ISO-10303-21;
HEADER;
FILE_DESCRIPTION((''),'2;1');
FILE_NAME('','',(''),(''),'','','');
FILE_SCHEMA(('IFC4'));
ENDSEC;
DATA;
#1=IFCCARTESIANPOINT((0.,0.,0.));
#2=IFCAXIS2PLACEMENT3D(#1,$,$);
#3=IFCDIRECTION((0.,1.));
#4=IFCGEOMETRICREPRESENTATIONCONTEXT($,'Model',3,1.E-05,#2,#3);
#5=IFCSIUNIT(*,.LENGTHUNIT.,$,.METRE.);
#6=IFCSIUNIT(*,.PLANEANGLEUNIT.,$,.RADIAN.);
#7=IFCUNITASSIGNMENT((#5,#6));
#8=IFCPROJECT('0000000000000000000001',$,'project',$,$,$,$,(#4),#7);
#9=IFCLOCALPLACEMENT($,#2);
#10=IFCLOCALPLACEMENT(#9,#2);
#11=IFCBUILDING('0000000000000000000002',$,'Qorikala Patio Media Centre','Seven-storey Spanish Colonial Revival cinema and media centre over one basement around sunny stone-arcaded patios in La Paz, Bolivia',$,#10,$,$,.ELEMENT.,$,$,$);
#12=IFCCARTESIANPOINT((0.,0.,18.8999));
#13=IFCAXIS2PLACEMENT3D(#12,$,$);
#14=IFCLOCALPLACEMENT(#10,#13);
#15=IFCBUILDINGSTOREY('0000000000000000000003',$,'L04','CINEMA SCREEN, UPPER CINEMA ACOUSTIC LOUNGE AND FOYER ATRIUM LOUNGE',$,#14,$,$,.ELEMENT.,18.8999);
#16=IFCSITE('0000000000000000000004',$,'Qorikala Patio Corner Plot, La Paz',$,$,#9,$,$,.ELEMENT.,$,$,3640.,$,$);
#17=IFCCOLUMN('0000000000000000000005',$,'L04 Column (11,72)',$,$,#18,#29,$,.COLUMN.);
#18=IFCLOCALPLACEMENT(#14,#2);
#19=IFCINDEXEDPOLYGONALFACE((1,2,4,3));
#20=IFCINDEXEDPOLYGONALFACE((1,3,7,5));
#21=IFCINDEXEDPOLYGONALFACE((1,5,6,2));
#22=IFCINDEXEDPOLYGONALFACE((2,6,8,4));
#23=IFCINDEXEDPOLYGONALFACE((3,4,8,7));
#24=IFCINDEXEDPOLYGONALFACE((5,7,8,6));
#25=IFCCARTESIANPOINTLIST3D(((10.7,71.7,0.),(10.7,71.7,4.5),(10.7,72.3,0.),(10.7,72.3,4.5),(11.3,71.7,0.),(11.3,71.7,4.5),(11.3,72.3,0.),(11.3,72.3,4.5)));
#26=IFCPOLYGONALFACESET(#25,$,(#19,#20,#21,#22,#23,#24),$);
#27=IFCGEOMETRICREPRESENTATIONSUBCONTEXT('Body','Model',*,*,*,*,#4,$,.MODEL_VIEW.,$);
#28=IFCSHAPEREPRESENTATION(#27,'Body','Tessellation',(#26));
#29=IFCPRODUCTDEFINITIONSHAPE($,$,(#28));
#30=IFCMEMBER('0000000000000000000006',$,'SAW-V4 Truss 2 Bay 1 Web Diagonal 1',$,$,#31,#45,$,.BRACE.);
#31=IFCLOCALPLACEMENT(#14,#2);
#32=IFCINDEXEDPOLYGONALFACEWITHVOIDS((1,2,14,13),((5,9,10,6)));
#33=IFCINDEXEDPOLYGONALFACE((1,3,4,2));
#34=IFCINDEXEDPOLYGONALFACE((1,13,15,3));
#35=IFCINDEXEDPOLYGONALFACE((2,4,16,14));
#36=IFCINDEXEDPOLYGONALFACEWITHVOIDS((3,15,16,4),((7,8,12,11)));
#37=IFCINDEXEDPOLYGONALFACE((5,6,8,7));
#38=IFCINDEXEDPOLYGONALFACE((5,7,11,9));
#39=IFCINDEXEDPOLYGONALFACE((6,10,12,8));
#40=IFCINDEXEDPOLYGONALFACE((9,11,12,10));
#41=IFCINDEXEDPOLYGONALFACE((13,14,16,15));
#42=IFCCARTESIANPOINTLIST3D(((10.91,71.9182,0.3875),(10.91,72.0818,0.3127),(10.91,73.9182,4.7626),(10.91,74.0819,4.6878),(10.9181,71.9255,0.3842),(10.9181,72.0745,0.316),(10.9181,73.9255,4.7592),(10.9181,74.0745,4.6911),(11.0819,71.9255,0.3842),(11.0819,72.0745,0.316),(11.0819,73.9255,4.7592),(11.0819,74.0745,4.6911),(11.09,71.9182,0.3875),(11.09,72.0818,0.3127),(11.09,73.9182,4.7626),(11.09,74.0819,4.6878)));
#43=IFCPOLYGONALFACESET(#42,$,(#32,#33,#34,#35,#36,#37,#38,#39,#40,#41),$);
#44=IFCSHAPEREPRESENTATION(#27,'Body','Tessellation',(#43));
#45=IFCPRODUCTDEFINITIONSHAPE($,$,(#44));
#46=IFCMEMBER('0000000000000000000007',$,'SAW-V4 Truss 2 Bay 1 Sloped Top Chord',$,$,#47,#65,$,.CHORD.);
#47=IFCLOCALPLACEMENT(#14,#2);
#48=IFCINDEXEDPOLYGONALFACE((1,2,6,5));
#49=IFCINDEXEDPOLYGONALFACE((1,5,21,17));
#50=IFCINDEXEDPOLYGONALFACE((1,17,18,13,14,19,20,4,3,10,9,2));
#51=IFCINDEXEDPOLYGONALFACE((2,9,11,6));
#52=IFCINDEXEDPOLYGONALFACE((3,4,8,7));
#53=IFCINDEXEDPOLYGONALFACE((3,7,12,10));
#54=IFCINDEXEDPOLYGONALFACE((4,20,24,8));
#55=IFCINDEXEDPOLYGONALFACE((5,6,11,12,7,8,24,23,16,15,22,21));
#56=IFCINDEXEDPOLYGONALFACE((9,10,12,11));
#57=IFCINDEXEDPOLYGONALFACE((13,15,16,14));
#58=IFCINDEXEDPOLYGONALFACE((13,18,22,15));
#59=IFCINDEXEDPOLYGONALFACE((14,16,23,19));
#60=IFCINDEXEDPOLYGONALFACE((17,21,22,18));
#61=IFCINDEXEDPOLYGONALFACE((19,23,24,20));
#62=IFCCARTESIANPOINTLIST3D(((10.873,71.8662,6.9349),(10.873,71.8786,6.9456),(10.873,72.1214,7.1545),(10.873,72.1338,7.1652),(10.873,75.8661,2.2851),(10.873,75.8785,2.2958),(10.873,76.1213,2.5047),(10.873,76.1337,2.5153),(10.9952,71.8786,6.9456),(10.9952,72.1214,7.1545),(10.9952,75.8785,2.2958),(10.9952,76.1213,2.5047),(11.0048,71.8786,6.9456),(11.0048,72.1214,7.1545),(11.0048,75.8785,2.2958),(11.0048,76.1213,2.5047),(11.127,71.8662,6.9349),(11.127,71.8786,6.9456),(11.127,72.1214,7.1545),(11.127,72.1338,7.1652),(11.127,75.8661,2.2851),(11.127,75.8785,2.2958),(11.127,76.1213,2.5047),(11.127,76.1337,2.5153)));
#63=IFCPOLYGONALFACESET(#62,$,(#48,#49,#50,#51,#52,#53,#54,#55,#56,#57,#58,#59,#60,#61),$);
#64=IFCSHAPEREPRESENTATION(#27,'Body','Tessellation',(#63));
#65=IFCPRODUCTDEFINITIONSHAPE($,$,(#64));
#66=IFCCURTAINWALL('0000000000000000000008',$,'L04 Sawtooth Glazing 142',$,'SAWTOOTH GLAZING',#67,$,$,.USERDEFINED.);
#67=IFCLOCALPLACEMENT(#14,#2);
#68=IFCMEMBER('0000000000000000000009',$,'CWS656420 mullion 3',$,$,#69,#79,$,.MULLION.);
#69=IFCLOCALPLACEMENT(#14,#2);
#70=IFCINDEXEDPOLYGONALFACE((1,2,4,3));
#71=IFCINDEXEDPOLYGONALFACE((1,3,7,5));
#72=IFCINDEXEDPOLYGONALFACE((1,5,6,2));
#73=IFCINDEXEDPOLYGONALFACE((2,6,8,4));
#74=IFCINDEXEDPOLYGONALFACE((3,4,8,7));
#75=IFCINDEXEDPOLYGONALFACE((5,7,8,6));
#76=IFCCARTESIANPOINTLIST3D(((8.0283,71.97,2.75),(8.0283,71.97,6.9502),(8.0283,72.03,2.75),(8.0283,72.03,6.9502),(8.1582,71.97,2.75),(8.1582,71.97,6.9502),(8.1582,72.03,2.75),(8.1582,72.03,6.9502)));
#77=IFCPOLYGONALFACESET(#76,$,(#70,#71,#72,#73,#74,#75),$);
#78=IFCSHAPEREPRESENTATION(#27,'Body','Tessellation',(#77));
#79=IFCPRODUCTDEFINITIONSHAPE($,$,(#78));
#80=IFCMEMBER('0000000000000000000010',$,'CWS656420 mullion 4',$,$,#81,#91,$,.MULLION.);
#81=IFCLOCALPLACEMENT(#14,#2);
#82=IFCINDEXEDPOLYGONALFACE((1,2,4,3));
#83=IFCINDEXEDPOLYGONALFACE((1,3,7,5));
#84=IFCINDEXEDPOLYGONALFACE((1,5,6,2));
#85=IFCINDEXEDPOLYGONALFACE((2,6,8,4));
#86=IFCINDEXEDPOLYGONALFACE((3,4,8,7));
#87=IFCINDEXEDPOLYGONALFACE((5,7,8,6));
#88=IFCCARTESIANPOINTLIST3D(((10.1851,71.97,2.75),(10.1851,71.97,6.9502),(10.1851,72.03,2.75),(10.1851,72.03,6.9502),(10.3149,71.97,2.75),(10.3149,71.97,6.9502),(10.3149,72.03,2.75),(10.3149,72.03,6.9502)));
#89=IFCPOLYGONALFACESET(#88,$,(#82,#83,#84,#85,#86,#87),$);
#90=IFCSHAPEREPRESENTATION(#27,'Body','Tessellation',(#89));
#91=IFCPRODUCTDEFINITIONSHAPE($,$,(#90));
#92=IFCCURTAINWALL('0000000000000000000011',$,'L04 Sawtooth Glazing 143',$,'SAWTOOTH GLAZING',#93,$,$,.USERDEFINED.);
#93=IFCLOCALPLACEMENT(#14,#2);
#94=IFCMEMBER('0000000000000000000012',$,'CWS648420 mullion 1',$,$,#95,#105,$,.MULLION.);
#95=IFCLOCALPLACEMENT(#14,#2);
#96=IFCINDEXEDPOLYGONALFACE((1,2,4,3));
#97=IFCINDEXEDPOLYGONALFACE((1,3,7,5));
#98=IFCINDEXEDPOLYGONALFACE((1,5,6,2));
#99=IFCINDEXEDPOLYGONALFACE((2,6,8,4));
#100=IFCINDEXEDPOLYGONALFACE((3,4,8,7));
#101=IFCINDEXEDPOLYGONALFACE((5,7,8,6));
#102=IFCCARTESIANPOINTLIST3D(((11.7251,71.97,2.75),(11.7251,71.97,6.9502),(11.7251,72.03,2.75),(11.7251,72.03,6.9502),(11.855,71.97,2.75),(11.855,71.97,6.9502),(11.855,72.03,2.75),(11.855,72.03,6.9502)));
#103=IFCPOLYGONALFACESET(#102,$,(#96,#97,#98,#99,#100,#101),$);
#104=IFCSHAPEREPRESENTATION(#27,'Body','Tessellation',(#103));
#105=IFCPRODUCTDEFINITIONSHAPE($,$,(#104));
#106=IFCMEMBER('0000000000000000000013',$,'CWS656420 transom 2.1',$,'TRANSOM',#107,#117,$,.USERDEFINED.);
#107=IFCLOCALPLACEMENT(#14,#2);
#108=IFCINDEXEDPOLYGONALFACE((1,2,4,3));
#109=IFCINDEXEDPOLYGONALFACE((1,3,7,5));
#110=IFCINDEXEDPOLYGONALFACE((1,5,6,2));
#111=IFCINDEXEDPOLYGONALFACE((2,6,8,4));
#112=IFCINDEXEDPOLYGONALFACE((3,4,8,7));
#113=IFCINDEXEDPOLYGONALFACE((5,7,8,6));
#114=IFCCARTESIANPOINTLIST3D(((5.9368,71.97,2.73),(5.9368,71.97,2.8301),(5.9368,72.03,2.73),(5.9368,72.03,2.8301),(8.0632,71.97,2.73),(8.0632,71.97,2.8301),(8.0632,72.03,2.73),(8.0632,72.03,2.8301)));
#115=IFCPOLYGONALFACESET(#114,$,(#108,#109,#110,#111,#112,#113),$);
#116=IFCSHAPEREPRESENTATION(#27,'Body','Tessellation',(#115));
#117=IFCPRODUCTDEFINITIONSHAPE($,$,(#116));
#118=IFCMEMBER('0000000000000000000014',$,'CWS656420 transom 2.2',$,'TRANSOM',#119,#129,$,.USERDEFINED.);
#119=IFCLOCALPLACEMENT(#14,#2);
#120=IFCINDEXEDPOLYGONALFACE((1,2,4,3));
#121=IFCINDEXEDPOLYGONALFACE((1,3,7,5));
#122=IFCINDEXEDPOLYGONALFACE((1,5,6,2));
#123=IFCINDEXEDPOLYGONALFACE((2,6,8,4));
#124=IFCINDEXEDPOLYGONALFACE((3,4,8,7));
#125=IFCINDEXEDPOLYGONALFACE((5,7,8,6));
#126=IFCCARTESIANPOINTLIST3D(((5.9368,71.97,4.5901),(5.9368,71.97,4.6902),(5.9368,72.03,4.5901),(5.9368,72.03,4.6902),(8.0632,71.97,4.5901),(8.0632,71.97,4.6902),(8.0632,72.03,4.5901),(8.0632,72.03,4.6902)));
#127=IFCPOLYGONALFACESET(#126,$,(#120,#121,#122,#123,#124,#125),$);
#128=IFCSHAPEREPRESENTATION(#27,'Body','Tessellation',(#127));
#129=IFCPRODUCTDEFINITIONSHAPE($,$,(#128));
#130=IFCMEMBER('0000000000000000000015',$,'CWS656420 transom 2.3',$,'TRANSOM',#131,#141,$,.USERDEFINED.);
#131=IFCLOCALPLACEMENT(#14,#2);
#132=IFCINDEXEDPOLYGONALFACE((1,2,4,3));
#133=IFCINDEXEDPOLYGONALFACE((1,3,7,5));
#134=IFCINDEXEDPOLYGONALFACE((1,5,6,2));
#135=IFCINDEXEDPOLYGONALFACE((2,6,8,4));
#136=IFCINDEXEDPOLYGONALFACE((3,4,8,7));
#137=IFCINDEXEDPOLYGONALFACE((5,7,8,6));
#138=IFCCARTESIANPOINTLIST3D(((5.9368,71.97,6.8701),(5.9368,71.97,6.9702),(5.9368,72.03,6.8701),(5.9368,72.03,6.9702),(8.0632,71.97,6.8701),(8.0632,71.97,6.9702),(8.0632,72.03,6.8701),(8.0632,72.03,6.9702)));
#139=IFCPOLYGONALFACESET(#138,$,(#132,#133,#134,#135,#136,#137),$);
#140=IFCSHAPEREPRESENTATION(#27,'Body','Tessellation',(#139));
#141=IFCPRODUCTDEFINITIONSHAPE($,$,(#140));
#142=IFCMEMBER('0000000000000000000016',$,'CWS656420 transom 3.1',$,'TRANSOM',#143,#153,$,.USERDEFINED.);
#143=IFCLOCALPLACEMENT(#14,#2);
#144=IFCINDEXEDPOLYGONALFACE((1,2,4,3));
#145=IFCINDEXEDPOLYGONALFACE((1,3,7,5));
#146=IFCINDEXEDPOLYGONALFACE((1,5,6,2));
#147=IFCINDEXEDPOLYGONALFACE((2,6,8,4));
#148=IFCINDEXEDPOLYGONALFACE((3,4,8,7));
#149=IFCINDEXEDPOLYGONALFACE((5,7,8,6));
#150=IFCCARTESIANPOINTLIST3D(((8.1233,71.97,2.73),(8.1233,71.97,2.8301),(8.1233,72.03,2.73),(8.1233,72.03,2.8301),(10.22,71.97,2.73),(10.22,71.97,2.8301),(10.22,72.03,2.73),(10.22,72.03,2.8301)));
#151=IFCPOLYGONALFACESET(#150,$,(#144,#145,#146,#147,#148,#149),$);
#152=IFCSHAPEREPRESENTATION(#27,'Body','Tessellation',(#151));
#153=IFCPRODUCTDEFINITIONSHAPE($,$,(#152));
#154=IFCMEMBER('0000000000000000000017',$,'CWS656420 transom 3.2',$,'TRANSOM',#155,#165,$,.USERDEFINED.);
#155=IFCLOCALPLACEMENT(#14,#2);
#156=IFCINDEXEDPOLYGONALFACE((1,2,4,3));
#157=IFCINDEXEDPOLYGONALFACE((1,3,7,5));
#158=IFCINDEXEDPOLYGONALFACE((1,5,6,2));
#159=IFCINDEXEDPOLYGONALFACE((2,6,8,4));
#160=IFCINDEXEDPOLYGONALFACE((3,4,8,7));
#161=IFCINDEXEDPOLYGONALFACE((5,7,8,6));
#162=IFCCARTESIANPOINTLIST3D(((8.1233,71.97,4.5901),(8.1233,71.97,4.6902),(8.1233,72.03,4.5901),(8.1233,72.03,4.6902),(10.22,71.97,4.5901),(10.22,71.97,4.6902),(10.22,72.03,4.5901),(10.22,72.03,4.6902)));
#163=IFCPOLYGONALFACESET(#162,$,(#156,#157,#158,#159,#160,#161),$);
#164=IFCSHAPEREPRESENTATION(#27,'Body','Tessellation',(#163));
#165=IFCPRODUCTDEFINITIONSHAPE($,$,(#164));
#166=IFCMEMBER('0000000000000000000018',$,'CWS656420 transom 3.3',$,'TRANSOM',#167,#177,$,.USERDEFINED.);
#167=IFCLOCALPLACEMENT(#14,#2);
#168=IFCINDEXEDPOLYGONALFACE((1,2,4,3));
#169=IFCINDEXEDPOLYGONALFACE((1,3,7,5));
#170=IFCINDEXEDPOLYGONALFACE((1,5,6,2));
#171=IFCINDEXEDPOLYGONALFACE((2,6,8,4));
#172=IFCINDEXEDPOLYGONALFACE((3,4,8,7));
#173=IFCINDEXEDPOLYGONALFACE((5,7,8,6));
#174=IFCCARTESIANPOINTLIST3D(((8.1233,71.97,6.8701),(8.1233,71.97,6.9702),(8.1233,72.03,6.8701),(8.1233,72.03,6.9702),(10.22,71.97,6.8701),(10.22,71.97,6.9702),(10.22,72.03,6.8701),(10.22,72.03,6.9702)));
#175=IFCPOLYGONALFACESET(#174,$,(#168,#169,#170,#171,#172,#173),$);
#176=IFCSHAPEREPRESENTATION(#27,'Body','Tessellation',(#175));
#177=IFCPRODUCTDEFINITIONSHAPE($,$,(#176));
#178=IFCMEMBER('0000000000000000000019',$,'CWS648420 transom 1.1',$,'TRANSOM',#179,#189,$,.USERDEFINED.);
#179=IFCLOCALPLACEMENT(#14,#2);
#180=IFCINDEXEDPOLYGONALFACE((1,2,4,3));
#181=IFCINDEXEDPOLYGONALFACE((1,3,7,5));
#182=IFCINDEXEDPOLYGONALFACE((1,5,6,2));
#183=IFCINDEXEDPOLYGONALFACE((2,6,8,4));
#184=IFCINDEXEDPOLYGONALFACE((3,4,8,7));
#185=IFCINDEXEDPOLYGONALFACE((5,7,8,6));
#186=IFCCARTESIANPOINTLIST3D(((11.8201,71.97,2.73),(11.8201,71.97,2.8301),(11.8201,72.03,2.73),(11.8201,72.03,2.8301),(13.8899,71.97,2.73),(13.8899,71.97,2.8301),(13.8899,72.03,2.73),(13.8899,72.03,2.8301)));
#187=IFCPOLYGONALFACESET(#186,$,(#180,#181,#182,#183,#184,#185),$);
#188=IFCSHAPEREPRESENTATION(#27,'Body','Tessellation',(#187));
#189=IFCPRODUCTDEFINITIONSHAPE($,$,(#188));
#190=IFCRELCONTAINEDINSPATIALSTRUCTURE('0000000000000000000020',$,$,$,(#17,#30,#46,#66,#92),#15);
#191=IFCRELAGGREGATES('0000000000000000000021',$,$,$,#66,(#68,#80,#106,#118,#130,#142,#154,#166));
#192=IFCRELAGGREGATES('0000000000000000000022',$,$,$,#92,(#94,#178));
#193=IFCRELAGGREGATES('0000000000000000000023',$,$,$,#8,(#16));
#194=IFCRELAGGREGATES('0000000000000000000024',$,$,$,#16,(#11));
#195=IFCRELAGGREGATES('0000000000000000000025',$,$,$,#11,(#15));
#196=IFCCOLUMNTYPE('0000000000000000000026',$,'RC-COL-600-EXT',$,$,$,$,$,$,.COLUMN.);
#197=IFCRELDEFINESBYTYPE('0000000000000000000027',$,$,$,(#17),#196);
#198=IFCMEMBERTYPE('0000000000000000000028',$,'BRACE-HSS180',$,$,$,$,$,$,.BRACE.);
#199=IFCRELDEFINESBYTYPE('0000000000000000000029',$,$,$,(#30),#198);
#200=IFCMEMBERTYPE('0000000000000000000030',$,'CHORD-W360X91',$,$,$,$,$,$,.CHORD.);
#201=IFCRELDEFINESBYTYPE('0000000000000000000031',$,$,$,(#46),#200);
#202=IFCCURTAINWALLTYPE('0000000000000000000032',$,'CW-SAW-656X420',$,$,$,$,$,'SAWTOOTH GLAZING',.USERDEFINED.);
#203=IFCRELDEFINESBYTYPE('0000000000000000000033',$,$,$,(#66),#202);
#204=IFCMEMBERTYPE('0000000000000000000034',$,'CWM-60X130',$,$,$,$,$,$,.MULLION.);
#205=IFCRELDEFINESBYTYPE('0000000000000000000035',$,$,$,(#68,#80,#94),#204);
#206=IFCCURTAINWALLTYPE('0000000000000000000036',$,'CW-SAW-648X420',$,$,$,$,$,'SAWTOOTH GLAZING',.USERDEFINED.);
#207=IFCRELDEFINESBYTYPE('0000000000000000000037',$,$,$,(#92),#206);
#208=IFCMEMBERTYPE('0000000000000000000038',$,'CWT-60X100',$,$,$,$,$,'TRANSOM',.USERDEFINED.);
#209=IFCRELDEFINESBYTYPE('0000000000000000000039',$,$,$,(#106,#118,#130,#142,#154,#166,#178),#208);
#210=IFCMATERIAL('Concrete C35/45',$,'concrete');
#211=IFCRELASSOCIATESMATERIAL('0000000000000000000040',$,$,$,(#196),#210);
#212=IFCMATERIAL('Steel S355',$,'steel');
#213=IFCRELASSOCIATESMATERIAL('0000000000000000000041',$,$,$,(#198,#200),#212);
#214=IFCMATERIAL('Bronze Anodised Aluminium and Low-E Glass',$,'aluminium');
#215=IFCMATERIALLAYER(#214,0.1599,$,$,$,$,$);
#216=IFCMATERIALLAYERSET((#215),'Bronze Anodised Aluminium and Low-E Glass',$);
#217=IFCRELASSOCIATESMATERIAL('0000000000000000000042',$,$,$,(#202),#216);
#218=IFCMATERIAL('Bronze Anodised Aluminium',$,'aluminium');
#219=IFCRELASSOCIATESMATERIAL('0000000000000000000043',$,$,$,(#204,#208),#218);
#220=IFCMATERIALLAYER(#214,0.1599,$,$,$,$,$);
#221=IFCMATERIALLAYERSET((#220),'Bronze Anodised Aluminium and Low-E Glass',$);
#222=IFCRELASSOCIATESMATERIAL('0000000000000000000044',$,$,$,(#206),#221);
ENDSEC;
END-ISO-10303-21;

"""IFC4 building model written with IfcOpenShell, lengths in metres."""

from ifc_helpers import new_model, si_unit, direction, frame, origin, origin_2d, place, context, subcontext, project, spatial, rectangle, hollow_rectangle, i_section, extrude, material, layer, layer_set, material_profile, profile_set, type_object, element, aggregate, save


model = new_model("IFC4")

# Units and contexts
model_context = context("Model", 3, precision=1e-05, world=origin(), true_north=direction((0.0, 1.0)))
body_context = subcontext(model_context, "Body", "Model", "MODEL_VIEW")
ifc_project = project(units=[si_unit("LENGTHUNIT", "METRE"), si_unit("PLANEANGLEUNIT", "RADIAN")], contexts=[model_context])

# Site, building, storey
site_placement = place(None, origin())
site = spatial("IfcSite", under=ifc_project, at=site_placement, Name="Qorikala Patio Corner Plot, La Paz", CompositionType="ELEMENT", RefElevation=3640.0)
building_placement = place(site_placement, origin())
building = spatial("IfcBuilding", under=site, at=building_placement, Name="Qorikala Patio Media Centre", Description="Seven-storey Spanish Colonial Revival cinema and media centre over one basement around sunny stone-arcaded patios in La Paz, Bolivia", CompositionType="ELEMENT")
storey_placement = place(building_placement, frame((0.0, 0.0, 18.8999)))
storey = spatial("IfcBuildingStorey", under=building, at=storey_placement, Name="L04", Description="CINEMA SCREEN, UPPER CINEMA ACOUSTIC LOUNGE AND FOYER ATRIUM LOUNGE", CompositionType="ELEMENT", Elevation=18.8999)

# Column
ifc_material_1 = material(Name="Concrete C35/45", Category="concrete")
ifc_material_profile_1 = material_profile(ifc_material_1, rectangle(XDim=0.6001, YDim=0.6001, at=origin_2d()), Name="RC 600x600")
ifc_profile_set_1 = profile_set([ifc_material_profile_1], Name="Concrete C35/45")
column_type = type_object("IfcColumnType", Name="RC-COL-600-EXT", PredefinedType="COLUMN", material=ifc_profile_set_1)
column_placement = place(storey_placement, frame((11.0, 72.0, 0.0), z_axis=(0.0, 0.0, 1.0), x_axis=(1.0, 0.0, 0.0)))
element("IfcColumn", 1, at=column_placement, inside=storey, type_object=column_type, Name="L04 Column (11,72)", PredefinedType="COLUMN", context=body_context, shape_type="SweptSolid", body=[
    extrude(rectangle(XDim=0.6001, YDim=0.6001, at=origin_2d()), origin(), (0.0, 0.0, 1.0), 4.5),
])

# Members
ifc_material_2 = material(Name="Steel S355", Category="steel")
ifc_material_profile_2 = material_profile(ifc_material_2, hollow_rectangle(XDim=0.1799, YDim=0.1799, WallThickness=0.0081, at=origin_2d()), Name="HSS180X180X8")
ifc_profile_set_2 = profile_set([ifc_material_profile_2], Name="Steel S355")
member_type_1 = type_object("IfcMemberType", Name="BRACE-HSS180", PredefinedType="BRACE", material=ifc_profile_set_2)
member_1_placement = place(storey_placement, frame((11.0, 72.0, 0.3501), z_axis=(0.0, 0.41576, 0.909474), x_axis=(-1.0, 0.0, 0.0)))
element("IfcMember", 2, at=member_1_placement, inside=storey, type_object=member_type_1, Name="SAW-V4 Truss 2 Bay 1 Web Diagonal 1", PredefinedType="BRACE", context=body_context, shape_type="SweptSolid", body=[
    extrude(hollow_rectangle(XDim=0.1799, YDim=0.1799, WallThickness=0.0081, at=origin_2d()), origin(), (0.0, 0.0, 1.0), 4.8105),
])
ifc_material_profile_3 = material_profile(ifc_material_2, i_section(OverallWidth=0.2539, OverallDepth=0.353, WebThickness=0.0095, FlangeThickness=0.0164, at=origin_2d()), Name="W360X91")
ifc_profile_set_3 = profile_set([ifc_material_profile_3], Name="Steel S355")
member_type_2 = type_object("IfcMemberType", Name="CHORD-W360X91", PredefinedType="CHORD", material=ifc_profile_set_3)
member_2_placement = place(storey_placement, frame((11.0, 72.0, 7.05), z_axis=(0.0, 0.652141, -0.758098), x_axis=(-1.0, 0.0, 0.0)))
element("IfcMember", 3, at=member_2_placement, inside=storey, type_object=member_type_2, Name="SAW-V4 Truss 2 Bay 1 Sloped Top Chord", PredefinedType="CHORD", context=body_context, shape_type="SweptSolid", body=[
    extrude(i_section(OverallWidth=0.2539, OverallDepth=0.353, WebThickness=0.0095, FlangeThickness=0.0164, at=origin_2d()), origin(), (0.0, 0.0, 1.0), 6.1335),
])

# Curtain wall, members
ifc_material_3 = material(Name="Bronze Anodised Aluminium and Low-E Glass", Category="aluminium")
ifc_layer_1 = layer(ifc_material_3, 0.1599)
ifc_layer_set_1 = layer_set([ifc_layer_1], Name="Bronze Anodised Aluminium and Low-E Glass")
curtain_wall_type_1 = type_object("IfcCurtainWallType", Name="CW-SAW-656X420", ElementType="SAWTOOTH GLAZING", PredefinedType="USERDEFINED", material=ifc_layer_set_1)
curtain_wall_1_placement = place(storey_placement, origin())
curtain_wall_1 = element("IfcCurtainWall", 4, at=curtain_wall_1_placement, inside=storey, type_object=curtain_wall_type_1, Name="L04 Sawtooth Glazing 142", ObjectType="SAWTOOTH GLAZING", PredefinedType="USERDEFINED")
ifc_material_4 = material(Name="Bronze Anodised Aluminium", Category="aluminium")
ifc_material_profile_4 = material_profile(ifc_material_4, rectangle(XDim=0.0601, YDim=0.1299, at=origin_2d()), Name="ALU MULLION 60x130")
ifc_profile_set_4 = profile_set([ifc_material_profile_4], Name="Bronze Anodised Aluminium")
member_type_3 = type_object("IfcMemberType", Name="CWM-60X130", PredefinedType="MULLION", material=ifc_profile_set_4)
member_3_placement = place(storey_placement, frame((8.0933, 72.0, 2.75), z_axis=(0.0, 0.0, 1.0), x_axis=(0.0, 1.0, 0.0)))
member_3 = element("IfcMember", 5, at=member_3_placement, type_object=member_type_3, Name="CWS656420 mullion 3", PredefinedType="MULLION", context=body_context, shape_type="SweptSolid", body=[
    extrude(rectangle(XDim=0.0601, YDim=0.1299, at=origin_2d()), origin(), (0.0, 0.0, 1.0), 4.2002),
])
member_4_placement = place(storey_placement, frame((10.25, 72.0, 2.75), z_axis=(0.0, 0.0, 1.0), x_axis=(0.0, 1.0, 0.0)))
member_4 = element("IfcMember", 6, at=member_4_placement, type_object=member_type_3, Name="CWS656420 mullion 4", PredefinedType="MULLION", context=body_context, shape_type="SweptSolid", body=[
    extrude(rectangle(XDim=0.0601, YDim=0.1299, at=origin_2d()), origin(), (0.0, 0.0, 1.0), 4.2002),
])

# Curtain wall, member
ifc_layer_2 = layer(ifc_material_3, 0.1599)
ifc_layer_set_2 = layer_set([ifc_layer_2], Name="Bronze Anodised Aluminium and Low-E Glass")
curtain_wall_type_2 = type_object("IfcCurtainWallType", Name="CW-SAW-648X420", ElementType="SAWTOOTH GLAZING", PredefinedType="USERDEFINED", material=ifc_layer_set_2)
curtain_wall_2_placement = place(storey_placement, origin())
curtain_wall_2 = element("IfcCurtainWall", 7, at=curtain_wall_2_placement, inside=storey, type_object=curtain_wall_type_2, Name="L04 Sawtooth Glazing 143", ObjectType="SAWTOOTH GLAZING", PredefinedType="USERDEFINED")
member_5_placement = place(storey_placement, frame((11.79, 72.0, 2.75), z_axis=(0.0, 0.0, 1.0), x_axis=(0.0, 1.0, 0.0)))
member_5 = element("IfcMember", 8, at=member_5_placement, type_object=member_type_3, Name="CWS648420 mullion 1", PredefinedType="MULLION", context=body_context, shape_type="SweptSolid", body=[
    extrude(rectangle(XDim=0.0601, YDim=0.1299, at=origin_2d()), origin(), (0.0, 0.0, 1.0), 4.2002),
])

# Members
ifc_material_profile_5 = material_profile(ifc_material_4, rectangle(XDim=0.0601, YDim=0.1001, at=origin_2d()), Name="ALU TRANSOM 60x100")
ifc_profile_set_5 = profile_set([ifc_material_profile_5], Name="Bronze Anodised Aluminium")
member_type_4 = type_object("IfcMemberType", Name="CWT-60X100", ElementType="TRANSOM", PredefinedType="USERDEFINED", material=ifc_profile_set_5)
member_6_placement = place(storey_placement, frame((5.9368, 72.0, 2.78), z_axis=(1.0, 0.0, 0.0), x_axis=(0.0, 1.0, 0.0)))
member_6 = element("IfcMember", 9, at=member_6_placement, type_object=member_type_4, Name="CWS656420 transom 2.1", ObjectType="TRANSOM", PredefinedType="USERDEFINED", context=body_context, shape_type="SweptSolid", body=[
    extrude(rectangle(XDim=0.0601, YDim=0.1001, at=origin_2d()), origin(), (0.0, 0.0, 1.0), 2.1265),
])
member_7_placement = place(storey_placement, frame((5.9368, 72.0, 4.6401), z_axis=(1.0, 0.0, 0.0), x_axis=(0.0, 1.0, 0.0)))
member_7 = element("IfcMember", 10, at=member_7_placement, type_object=member_type_4, Name="CWS656420 transom 2.2", ObjectType="TRANSOM", PredefinedType="USERDEFINED", context=body_context, shape_type="SweptSolid", body=[
    extrude(rectangle(XDim=0.0601, YDim=0.1001, at=origin_2d()), origin(), (0.0, 0.0, 1.0), 2.1265),
])
member_8_placement = place(storey_placement, frame((5.9368, 72.0, 6.9202), z_axis=(1.0, 0.0, 0.0), x_axis=(0.0, 1.0, 0.0)))
member_8 = element("IfcMember", 11, at=member_8_placement, type_object=member_type_4, Name="CWS656420 transom 2.3", ObjectType="TRANSOM", PredefinedType="USERDEFINED", context=body_context, shape_type="SweptSolid", body=[
    extrude(rectangle(XDim=0.0601, YDim=0.1001, at=origin_2d()), origin(), (0.0, 0.0, 1.0), 2.1265),
])
member_9_placement = place(storey_placement, frame((8.1233, 72.0, 2.78), z_axis=(1.0, 0.0, 0.0), x_axis=(0.0, 1.0, 0.0)))
member_9 = element("IfcMember", 12, at=member_9_placement, type_object=member_type_4, Name="CWS656420 transom 3.1", ObjectType="TRANSOM", PredefinedType="USERDEFINED", context=body_context, shape_type="SweptSolid", body=[
    extrude(rectangle(XDim=0.0601, YDim=0.1001, at=origin_2d()), origin(), (0.0, 0.0, 1.0), 2.0967),
])
member_10_placement = place(storey_placement, frame((8.1233, 72.0, 4.6401), z_axis=(1.0, 0.0, 0.0), x_axis=(0.0, 1.0, 0.0)))
member_10 = element("IfcMember", 13, at=member_10_placement, type_object=member_type_4, Name="CWS656420 transom 3.2", ObjectType="TRANSOM", PredefinedType="USERDEFINED", context=body_context, shape_type="SweptSolid", body=[
    extrude(rectangle(XDim=0.0601, YDim=0.1001, at=origin_2d()), origin(), (0.0, 0.0, 1.0), 2.0967),
])
member_11_placement = place(storey_placement, frame((8.1233, 72.0, 6.9202), z_axis=(1.0, 0.0, 0.0), x_axis=(0.0, 1.0, 0.0)))
member_11 = element("IfcMember", 14, at=member_11_placement, type_object=member_type_4, Name="CWS656420 transom 3.3", ObjectType="TRANSOM", PredefinedType="USERDEFINED", context=body_context, shape_type="SweptSolid", body=[
    extrude(rectangle(XDim=0.0601, YDim=0.1001, at=origin_2d()), origin(), (0.0, 0.0, 1.0), 2.0967),
])
member_12_placement = place(storey_placement, frame((11.8201, 72.0, 2.78), z_axis=(1.0, 0.0, 0.0), x_axis=(0.0, 1.0, 0.0)))
member_12 = element("IfcMember", 15, at=member_12_placement, type_object=member_type_4, Name="CWS648420 transom 1.1", ObjectType="TRANSOM", PredefinedType="USERDEFINED", context=body_context, shape_type="SweptSolid", body=[
    extrude(rectangle(XDim=0.0601, YDim=0.1001, at=origin_2d()), origin(), (0.0, 0.0, 1.0), 2.0698),
])

aggregate(curtain_wall_1, [member_3, member_4, member_6, member_7, member_8, member_9, member_10, member_11])
aggregate(curtain_wall_2, [member_5, member_12])

save(model, "model.ifc")
